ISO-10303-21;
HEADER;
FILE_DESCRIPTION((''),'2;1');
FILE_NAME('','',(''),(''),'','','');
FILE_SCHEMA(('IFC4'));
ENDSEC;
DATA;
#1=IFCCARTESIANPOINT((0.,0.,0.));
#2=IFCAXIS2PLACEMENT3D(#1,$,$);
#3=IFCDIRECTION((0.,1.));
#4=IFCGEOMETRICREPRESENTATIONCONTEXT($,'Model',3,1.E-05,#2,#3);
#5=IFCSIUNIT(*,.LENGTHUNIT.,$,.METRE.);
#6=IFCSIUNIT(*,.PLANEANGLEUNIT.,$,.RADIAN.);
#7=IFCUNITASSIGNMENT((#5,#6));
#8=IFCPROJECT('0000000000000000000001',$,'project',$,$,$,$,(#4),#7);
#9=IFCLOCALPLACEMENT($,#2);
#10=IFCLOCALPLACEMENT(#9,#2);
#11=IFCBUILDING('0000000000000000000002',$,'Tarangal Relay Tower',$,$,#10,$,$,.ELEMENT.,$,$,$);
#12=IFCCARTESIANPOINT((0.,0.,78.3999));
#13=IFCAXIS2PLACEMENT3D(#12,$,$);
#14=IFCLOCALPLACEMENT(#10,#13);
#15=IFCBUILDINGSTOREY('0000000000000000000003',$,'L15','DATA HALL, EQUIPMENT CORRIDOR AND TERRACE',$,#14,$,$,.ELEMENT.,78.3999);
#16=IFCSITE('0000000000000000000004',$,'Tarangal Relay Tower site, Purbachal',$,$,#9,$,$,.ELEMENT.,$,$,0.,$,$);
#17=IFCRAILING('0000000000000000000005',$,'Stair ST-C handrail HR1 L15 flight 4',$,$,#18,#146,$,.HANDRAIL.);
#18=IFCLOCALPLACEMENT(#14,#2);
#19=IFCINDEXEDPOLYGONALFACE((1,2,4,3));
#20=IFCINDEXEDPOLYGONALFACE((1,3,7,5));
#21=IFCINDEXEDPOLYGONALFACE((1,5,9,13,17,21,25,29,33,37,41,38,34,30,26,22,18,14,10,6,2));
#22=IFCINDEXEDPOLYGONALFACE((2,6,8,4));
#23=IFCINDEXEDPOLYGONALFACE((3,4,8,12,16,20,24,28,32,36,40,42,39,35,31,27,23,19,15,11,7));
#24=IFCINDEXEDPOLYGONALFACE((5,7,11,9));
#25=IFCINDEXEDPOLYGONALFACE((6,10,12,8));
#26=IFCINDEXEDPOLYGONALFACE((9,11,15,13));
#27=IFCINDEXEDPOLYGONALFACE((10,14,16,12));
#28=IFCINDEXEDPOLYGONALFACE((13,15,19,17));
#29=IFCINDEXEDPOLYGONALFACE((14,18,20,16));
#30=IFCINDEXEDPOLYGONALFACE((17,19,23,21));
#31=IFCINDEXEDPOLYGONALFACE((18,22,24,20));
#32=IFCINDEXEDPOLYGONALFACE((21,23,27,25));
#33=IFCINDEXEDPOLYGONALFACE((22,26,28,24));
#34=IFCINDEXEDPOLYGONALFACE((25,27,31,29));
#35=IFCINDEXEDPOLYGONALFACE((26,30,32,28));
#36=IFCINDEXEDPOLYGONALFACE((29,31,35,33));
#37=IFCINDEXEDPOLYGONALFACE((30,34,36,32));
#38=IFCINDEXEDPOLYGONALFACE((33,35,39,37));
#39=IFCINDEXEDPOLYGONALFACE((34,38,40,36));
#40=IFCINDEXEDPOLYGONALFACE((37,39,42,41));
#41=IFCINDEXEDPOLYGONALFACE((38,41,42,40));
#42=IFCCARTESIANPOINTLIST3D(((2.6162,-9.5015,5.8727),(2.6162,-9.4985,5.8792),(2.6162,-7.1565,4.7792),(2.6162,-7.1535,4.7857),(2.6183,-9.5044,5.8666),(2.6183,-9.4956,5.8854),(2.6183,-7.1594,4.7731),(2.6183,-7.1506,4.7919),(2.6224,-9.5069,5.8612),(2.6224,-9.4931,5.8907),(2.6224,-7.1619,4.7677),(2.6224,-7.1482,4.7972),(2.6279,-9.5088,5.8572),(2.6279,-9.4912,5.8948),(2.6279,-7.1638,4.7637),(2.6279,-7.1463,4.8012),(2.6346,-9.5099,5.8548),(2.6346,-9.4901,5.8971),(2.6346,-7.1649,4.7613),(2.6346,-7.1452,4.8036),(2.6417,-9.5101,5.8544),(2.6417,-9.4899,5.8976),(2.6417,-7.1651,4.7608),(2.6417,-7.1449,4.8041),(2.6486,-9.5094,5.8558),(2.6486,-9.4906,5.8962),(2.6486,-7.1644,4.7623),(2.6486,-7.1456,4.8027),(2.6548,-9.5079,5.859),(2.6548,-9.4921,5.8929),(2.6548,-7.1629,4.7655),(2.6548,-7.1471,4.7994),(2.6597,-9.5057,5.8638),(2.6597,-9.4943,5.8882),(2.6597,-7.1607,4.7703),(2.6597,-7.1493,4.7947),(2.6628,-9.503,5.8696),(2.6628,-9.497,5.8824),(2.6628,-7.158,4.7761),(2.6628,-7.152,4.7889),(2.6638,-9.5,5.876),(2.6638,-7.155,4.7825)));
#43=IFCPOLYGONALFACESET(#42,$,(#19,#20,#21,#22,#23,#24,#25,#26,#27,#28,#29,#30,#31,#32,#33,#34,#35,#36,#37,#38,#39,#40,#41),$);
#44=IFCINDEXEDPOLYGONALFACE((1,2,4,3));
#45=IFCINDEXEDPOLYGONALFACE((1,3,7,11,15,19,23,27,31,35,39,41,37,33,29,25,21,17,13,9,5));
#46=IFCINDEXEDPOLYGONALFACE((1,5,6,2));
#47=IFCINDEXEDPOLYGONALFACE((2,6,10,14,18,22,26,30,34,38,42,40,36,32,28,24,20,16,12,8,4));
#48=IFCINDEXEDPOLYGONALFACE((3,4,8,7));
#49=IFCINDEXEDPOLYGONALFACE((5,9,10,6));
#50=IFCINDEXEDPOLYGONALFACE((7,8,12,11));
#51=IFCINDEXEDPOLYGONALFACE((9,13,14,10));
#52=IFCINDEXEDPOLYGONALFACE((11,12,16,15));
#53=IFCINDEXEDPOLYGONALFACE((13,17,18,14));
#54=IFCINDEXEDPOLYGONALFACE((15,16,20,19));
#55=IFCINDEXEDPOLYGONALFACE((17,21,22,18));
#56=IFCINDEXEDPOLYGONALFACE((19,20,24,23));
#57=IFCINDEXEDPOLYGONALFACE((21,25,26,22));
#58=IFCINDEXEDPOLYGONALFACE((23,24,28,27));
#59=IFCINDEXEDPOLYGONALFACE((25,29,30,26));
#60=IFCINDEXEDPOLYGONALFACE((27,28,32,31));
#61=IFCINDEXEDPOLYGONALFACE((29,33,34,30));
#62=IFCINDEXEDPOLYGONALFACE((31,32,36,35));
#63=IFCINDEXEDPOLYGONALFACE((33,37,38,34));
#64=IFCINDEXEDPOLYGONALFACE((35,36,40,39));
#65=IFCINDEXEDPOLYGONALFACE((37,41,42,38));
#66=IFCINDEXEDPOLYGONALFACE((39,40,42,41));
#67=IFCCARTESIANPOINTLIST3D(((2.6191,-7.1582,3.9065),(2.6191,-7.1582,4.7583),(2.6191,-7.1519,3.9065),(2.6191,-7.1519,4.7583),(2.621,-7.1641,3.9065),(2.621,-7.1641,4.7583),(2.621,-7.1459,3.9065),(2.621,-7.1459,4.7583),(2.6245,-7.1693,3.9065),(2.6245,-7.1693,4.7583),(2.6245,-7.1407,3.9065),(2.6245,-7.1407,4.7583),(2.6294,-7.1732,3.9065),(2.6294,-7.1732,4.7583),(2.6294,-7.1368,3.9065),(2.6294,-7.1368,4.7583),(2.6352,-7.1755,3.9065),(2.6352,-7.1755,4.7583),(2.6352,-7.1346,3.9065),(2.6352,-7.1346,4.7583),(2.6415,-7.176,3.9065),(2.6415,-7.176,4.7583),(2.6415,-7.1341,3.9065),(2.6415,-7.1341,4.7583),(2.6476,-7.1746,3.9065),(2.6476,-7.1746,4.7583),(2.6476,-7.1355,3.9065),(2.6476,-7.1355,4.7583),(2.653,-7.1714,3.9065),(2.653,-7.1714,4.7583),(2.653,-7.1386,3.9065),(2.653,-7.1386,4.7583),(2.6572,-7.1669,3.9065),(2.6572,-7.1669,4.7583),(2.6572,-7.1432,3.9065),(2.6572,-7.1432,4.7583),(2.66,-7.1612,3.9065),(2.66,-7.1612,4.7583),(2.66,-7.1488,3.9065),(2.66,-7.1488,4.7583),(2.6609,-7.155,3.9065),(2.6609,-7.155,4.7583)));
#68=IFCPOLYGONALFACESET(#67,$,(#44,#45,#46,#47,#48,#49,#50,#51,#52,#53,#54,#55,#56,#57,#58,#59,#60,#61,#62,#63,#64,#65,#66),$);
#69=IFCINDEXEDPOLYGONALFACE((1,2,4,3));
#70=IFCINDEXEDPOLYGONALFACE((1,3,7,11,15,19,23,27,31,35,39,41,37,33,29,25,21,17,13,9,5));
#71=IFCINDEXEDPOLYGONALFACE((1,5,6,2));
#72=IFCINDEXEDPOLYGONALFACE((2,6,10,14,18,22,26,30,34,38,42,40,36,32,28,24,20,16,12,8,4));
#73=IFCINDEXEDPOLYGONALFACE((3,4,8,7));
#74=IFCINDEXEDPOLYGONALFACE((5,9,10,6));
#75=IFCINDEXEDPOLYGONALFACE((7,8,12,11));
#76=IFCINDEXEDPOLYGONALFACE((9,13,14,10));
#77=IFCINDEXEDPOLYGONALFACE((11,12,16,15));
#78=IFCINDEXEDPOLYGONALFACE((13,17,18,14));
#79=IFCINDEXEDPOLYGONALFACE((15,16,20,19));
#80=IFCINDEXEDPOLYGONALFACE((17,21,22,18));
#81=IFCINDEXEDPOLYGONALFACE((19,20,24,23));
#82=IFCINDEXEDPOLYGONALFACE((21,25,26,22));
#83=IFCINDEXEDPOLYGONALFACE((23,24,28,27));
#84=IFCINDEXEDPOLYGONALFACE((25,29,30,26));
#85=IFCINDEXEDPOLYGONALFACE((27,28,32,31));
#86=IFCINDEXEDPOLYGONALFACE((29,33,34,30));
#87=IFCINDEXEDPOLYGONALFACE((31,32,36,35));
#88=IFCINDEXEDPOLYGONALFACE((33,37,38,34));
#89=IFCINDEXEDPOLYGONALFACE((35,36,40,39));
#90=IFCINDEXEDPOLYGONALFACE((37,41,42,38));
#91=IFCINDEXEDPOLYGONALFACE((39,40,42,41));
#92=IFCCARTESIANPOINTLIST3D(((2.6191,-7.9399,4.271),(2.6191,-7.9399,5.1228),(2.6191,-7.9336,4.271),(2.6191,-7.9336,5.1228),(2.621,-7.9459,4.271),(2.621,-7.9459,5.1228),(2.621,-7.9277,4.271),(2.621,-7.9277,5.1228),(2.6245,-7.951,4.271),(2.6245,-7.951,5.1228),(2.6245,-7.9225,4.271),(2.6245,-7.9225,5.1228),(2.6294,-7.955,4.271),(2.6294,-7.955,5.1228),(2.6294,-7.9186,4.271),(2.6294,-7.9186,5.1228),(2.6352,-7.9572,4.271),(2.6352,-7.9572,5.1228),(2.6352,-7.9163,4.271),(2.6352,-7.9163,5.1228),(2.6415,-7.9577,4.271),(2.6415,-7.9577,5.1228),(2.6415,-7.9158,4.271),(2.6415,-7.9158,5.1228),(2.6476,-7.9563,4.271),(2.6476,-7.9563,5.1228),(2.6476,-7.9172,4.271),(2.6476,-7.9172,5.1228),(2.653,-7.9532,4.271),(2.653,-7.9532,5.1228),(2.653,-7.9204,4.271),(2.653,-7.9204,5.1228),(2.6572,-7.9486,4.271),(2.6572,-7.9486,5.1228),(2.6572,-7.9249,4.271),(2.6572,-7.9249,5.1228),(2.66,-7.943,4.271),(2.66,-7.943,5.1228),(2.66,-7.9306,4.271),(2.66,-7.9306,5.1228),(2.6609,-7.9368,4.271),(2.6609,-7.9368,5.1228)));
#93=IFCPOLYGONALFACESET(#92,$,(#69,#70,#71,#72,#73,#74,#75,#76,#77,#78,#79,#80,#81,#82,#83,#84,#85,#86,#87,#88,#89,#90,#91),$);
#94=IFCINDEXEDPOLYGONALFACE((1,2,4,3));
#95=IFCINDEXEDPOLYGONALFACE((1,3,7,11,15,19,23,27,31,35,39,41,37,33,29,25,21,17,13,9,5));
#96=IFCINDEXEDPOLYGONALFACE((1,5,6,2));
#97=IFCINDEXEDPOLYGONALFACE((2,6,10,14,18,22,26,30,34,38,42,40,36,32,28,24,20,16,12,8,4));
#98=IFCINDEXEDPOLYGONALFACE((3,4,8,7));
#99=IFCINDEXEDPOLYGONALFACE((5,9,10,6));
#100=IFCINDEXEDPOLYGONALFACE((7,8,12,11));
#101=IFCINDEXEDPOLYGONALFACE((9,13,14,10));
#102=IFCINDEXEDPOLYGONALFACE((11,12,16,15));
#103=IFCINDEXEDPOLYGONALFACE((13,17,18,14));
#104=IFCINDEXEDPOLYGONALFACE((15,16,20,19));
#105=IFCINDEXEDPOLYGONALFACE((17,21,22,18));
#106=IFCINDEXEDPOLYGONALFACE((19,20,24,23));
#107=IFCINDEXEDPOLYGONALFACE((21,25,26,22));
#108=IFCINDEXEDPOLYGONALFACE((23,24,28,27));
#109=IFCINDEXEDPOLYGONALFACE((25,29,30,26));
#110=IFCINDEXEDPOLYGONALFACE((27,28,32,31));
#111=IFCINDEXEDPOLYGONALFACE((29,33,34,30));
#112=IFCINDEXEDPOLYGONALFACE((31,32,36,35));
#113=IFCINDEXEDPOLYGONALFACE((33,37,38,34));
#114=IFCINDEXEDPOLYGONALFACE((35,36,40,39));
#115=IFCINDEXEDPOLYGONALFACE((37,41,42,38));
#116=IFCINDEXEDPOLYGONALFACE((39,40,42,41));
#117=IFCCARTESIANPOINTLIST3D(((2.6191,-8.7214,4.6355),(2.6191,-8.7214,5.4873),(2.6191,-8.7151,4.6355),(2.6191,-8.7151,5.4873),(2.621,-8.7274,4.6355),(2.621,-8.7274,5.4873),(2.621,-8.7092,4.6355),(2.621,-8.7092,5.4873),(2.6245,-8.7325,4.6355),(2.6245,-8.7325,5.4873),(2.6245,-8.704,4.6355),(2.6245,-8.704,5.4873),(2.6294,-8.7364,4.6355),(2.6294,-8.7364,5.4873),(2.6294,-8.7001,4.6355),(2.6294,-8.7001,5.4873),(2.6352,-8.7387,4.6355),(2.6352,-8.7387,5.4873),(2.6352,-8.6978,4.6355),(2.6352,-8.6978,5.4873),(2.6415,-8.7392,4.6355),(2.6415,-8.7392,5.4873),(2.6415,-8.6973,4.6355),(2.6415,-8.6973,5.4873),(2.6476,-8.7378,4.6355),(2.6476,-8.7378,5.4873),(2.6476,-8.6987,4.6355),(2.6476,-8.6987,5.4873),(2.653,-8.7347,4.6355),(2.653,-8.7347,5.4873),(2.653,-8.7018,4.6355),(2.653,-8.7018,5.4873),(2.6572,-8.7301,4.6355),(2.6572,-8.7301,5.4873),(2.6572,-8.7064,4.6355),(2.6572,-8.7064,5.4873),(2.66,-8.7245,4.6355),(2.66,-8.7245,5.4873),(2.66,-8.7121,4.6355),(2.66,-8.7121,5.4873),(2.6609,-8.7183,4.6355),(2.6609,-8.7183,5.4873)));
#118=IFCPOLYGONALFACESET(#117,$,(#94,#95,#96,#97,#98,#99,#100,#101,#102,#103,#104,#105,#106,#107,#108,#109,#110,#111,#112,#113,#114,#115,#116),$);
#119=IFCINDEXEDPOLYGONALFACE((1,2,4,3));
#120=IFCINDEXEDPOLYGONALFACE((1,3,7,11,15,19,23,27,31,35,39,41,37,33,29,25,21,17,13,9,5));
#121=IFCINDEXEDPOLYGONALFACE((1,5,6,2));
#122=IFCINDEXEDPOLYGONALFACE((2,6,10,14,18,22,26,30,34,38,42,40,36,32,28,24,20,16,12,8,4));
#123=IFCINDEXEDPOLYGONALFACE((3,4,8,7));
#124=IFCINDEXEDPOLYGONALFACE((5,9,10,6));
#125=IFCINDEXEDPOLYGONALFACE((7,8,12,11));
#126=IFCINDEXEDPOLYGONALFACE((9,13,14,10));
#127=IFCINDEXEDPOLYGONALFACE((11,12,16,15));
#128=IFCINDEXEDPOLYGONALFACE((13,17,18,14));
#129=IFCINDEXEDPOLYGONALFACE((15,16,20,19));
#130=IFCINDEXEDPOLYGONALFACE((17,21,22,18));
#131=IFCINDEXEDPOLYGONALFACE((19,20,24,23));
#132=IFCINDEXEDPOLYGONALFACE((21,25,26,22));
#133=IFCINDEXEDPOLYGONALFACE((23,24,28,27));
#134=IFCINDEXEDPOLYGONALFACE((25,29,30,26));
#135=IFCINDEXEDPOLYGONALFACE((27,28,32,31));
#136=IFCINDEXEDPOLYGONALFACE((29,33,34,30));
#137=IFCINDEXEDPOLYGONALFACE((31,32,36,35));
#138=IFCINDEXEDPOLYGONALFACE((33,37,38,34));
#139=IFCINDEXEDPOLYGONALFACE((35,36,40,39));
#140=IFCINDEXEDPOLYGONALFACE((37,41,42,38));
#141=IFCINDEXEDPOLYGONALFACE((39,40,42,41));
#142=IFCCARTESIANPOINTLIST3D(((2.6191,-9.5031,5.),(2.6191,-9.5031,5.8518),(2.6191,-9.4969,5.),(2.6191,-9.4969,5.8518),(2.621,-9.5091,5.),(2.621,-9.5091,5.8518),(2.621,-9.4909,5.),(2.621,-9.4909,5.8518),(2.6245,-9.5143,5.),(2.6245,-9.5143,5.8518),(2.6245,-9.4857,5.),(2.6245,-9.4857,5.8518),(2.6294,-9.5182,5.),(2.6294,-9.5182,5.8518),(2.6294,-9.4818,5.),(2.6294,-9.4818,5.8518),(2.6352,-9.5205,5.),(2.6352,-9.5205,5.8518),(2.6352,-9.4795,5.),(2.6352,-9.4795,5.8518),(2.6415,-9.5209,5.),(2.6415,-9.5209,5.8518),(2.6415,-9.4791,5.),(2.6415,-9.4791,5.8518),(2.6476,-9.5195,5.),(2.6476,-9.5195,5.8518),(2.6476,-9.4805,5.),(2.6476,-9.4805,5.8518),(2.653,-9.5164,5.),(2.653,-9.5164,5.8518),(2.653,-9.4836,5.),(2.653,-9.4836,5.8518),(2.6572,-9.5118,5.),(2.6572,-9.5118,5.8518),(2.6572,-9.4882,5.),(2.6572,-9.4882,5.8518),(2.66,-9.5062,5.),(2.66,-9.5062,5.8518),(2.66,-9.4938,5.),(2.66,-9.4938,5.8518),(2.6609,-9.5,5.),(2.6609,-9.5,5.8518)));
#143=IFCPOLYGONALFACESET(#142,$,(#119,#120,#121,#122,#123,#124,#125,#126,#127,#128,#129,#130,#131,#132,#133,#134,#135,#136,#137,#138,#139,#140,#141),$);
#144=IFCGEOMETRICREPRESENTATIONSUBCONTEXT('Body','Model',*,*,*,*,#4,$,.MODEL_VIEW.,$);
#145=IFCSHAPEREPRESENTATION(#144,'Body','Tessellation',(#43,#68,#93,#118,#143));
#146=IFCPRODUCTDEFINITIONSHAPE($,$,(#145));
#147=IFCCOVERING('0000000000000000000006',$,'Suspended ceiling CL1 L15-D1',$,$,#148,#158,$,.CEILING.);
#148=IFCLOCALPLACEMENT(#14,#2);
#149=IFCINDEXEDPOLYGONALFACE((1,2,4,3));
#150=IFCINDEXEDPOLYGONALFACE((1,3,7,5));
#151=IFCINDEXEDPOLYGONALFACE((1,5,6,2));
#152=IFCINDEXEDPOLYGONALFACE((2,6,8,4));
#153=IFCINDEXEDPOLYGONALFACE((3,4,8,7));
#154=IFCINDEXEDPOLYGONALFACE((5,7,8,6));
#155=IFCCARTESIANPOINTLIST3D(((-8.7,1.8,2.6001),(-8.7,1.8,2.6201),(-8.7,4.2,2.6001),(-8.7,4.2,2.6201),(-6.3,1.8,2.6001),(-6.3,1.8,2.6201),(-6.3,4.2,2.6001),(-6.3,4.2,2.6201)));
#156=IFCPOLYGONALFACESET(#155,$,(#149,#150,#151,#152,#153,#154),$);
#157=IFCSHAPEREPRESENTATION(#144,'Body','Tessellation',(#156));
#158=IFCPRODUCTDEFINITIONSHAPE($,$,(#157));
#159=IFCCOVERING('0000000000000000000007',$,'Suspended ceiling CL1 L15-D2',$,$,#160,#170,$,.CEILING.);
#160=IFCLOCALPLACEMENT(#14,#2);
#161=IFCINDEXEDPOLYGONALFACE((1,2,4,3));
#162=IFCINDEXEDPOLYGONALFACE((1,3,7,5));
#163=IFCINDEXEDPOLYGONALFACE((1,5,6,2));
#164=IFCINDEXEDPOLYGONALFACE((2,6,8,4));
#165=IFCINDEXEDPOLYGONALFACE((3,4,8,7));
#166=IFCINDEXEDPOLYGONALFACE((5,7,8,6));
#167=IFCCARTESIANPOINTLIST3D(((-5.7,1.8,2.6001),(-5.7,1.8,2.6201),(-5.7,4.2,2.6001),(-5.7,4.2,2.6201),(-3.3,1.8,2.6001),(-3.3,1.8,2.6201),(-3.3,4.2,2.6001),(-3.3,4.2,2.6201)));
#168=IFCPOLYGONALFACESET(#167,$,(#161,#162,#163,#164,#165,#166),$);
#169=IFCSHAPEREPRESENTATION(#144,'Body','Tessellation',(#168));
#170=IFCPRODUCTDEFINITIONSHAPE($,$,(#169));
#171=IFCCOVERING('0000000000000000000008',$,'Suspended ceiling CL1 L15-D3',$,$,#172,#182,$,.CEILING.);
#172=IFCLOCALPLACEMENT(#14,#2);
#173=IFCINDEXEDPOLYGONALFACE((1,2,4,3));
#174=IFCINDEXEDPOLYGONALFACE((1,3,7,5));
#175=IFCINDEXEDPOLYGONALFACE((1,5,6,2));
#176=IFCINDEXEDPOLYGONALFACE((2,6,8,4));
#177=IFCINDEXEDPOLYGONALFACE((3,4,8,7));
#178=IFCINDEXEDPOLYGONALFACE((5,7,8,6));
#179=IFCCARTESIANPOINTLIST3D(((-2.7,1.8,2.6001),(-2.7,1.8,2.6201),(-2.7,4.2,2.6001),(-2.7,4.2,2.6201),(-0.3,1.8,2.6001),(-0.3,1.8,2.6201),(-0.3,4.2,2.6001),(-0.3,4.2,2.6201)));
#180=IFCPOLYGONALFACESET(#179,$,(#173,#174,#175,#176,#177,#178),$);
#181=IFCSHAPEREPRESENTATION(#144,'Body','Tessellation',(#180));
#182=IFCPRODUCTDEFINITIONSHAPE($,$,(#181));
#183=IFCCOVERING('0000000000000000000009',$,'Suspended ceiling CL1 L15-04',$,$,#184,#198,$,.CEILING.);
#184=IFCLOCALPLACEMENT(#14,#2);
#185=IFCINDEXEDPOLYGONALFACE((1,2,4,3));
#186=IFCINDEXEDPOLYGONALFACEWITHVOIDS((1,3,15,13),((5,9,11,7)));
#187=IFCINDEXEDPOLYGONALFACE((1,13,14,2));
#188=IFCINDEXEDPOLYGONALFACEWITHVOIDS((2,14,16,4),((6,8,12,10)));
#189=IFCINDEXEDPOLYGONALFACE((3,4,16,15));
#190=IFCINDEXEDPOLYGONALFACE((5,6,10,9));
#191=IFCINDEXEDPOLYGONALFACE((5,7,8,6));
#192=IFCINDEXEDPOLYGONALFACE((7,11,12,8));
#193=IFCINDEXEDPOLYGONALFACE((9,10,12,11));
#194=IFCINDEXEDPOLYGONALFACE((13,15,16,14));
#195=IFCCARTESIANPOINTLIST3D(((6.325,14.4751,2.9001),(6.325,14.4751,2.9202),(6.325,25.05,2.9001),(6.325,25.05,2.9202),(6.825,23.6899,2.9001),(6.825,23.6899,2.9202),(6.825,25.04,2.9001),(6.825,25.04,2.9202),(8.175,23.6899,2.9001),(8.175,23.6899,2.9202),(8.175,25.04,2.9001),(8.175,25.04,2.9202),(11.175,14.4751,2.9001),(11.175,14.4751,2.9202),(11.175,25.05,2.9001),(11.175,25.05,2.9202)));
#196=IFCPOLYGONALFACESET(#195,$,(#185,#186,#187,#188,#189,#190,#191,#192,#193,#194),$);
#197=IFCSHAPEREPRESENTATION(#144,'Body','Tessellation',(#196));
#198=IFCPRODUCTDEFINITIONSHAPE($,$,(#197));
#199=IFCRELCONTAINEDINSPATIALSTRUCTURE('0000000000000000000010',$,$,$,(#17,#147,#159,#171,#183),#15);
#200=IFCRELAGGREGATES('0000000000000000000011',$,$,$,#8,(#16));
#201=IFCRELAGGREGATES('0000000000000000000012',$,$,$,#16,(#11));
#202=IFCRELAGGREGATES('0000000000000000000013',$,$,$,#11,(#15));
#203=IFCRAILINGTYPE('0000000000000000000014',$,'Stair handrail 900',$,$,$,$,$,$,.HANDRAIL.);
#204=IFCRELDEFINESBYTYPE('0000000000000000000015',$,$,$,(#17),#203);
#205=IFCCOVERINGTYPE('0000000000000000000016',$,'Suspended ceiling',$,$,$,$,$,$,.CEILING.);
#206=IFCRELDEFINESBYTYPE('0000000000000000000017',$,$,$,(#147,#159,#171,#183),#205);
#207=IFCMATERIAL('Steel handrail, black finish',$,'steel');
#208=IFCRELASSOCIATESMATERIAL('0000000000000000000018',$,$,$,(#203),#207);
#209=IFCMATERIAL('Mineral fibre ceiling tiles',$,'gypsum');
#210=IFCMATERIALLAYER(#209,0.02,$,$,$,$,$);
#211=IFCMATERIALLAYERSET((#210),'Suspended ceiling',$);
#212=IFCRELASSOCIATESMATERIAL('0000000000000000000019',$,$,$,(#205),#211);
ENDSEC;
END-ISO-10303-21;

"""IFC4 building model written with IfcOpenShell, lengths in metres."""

from ifc_helpers import new_model, si_unit, direction, frame, origin, origin_2d, place, context, subcontext, project, spatial, polyline, circle, outline, extrude, material, layer, layer_set, type_object, element, save


model = new_model("IFC4")

# Units and contexts
model_context = context("Model", 3, precision=1e-05, world=origin(), true_north=direction((0.0, 1.0)))
body_context = subcontext(model_context, "Body", "Model", "MODEL_VIEW")
ifc_project = project(units=[si_unit("LENGTHUNIT", "METRE"), si_unit("PLANEANGLEUNIT", "RADIAN")], contexts=[model_context])

# Site, building, storey
site_placement = place(None, origin())
site = spatial("IfcSite", under=ifc_project, at=site_placement, Name="Tarangal Relay Tower site, Purbachal", CompositionType="ELEMENT", RefElevation=0.0)
building_placement = place(site_placement, origin())
building = spatial("IfcBuilding", under=site, at=building_placement, Name="Tarangal Relay Tower", CompositionType="ELEMENT")
storey_placement = place(building_placement, frame((0.0, 0.0, 78.3999)))
storey = spatial("IfcBuildingStorey", under=building, at=storey_placement, Name="L15", Description="DATA HALL, EQUIPMENT CORRIDOR AND TERRACE", CompositionType="ELEMENT", Elevation=78.3999)

# Railing
ifc_material_1 = material(Name="Steel handrail, black finish", Category="steel")
railing_type_1 = type_object("IfcRailingType", Name="Stair handrail 900", PredefinedType="HANDRAIL", material=ifc_material_1)
for number, where, name in (
    (1, (2.6399, -7.155, 3.9065), "Stair ST-C handrail HR1 L15 flight 4"),
):
    element("IfcRailing", number, at=place(storey_placement, frame(where)), inside=storey, type_object=railing_type_1, Name=name, PredefinedType="HANDRAIL", context=body_context, shape_type="SweptSolid", body=[
        extrude(circle(Radius=0.0239, at=origin_2d()), frame((0.0, 0.0, 0.876), z_axis=(0.0, -0.906304, 0.422627), x_axis=(1.0, 0.0, 0.0)), (0.0, 0.0, 1.0), 2.5874),
        extrude(circle(Radius=0.021, at=origin_2d()), origin(), (0.0, 0.0, 1.0), 0.8518),
        extrude(circle(Radius=0.021, at=origin_2d()), frame((0.0, -0.7817, 0.3645)), (0.0, 0.0, 1.0), 0.8518),
        extrude(circle(Radius=0.021, at=origin_2d()), frame((0.0, -1.5632, 0.729)), (0.0, 0.0, 1.0), 0.8518),
        extrude(circle(Radius=0.021, at=origin_2d()), frame((0.0, -2.345, 1.0935)), (0.0, 0.0, 1.0), 0.8518),
    ])

# Coverings
ifc_material_2 = material(Name="Mineral fibre ceiling tiles", Category="gypsum")
ifc_layer_1 = layer(ifc_material_2, 0.02)
ifc_layer_set_1 = layer_set([ifc_layer_1], Name="Suspended ceiling")
covering_type_1 = type_object("IfcCoveringType", Name="Suspended ceiling", PredefinedType="CEILING", material=ifc_layer_set_1)
covering_1_placement = place(storey_placement, frame((0.0, 0.0, 2.6001)))
element("IfcCovering", 2, at=covering_1_placement, inside=storey, type_object=covering_type_1, Name="Suspended ceiling CL1 L15-D1", PredefinedType="CEILING", context=body_context, shape_type="SweptSolid", body=[
    extrude(outline(polyline([(-8.7, 1.8), (-6.3, 1.8), (-6.3, 4.2), (-8.7, 4.2), (-8.7, 1.8)])), origin(), (0.0, 0.0, 1.0), 0.02),
])
covering_2_placement = place(storey_placement, frame((0.0, 0.0, 2.6001)))
element("IfcCovering", 3, at=covering_2_placement, inside=storey, type_object=covering_type_1, Name="Suspended ceiling CL1 L15-D2", PredefinedType="CEILING", context=body_context, shape_type="SweptSolid", body=[
    extrude(outline(polyline([(-5.7, 1.8), (-3.3, 1.8), (-3.3, 4.2), (-5.7, 4.2), (-5.7, 1.8)])), origin(), (0.0, 0.0, 1.0), 0.02),
])
covering_3_placement = place(storey_placement, frame((0.0, 0.0, 2.6001)))
element("IfcCovering", 4, at=covering_3_placement, inside=storey, type_object=covering_type_1, Name="Suspended ceiling CL1 L15-D3", PredefinedType="CEILING", context=body_context, shape_type="SweptSolid", body=[
    extrude(outline(polyline([(-2.7, 1.8), (-0.3, 1.8), (-0.3, 4.2), (-2.7, 4.2), (-2.7, 1.8)])), origin(), (0.0, 0.0, 1.0), 0.02),
])
covering_4_placement = place(storey_placement, frame((0.0, 0.0, 2.9001)))
element("IfcCovering", 5, at=covering_4_placement, inside=storey, type_object=covering_type_1, Name="Suspended ceiling CL1 L15-04", PredefinedType="CEILING", context=body_context, shape_type="SweptSolid", body=[
    extrude(outline(polyline([(11.175, 25.05), (6.325, 25.05), (6.325, 14.4751), (11.175, 14.4751), (11.175, 25.05)]), holes=[polyline([(8.175, 25.04), (6.825, 25.04), (6.825, 23.6899), (8.175, 23.6899), (8.175, 25.04)])]), origin(), (0.0, 0.0, 1.0), 0.02),
])

save(model, "model.ifc")
